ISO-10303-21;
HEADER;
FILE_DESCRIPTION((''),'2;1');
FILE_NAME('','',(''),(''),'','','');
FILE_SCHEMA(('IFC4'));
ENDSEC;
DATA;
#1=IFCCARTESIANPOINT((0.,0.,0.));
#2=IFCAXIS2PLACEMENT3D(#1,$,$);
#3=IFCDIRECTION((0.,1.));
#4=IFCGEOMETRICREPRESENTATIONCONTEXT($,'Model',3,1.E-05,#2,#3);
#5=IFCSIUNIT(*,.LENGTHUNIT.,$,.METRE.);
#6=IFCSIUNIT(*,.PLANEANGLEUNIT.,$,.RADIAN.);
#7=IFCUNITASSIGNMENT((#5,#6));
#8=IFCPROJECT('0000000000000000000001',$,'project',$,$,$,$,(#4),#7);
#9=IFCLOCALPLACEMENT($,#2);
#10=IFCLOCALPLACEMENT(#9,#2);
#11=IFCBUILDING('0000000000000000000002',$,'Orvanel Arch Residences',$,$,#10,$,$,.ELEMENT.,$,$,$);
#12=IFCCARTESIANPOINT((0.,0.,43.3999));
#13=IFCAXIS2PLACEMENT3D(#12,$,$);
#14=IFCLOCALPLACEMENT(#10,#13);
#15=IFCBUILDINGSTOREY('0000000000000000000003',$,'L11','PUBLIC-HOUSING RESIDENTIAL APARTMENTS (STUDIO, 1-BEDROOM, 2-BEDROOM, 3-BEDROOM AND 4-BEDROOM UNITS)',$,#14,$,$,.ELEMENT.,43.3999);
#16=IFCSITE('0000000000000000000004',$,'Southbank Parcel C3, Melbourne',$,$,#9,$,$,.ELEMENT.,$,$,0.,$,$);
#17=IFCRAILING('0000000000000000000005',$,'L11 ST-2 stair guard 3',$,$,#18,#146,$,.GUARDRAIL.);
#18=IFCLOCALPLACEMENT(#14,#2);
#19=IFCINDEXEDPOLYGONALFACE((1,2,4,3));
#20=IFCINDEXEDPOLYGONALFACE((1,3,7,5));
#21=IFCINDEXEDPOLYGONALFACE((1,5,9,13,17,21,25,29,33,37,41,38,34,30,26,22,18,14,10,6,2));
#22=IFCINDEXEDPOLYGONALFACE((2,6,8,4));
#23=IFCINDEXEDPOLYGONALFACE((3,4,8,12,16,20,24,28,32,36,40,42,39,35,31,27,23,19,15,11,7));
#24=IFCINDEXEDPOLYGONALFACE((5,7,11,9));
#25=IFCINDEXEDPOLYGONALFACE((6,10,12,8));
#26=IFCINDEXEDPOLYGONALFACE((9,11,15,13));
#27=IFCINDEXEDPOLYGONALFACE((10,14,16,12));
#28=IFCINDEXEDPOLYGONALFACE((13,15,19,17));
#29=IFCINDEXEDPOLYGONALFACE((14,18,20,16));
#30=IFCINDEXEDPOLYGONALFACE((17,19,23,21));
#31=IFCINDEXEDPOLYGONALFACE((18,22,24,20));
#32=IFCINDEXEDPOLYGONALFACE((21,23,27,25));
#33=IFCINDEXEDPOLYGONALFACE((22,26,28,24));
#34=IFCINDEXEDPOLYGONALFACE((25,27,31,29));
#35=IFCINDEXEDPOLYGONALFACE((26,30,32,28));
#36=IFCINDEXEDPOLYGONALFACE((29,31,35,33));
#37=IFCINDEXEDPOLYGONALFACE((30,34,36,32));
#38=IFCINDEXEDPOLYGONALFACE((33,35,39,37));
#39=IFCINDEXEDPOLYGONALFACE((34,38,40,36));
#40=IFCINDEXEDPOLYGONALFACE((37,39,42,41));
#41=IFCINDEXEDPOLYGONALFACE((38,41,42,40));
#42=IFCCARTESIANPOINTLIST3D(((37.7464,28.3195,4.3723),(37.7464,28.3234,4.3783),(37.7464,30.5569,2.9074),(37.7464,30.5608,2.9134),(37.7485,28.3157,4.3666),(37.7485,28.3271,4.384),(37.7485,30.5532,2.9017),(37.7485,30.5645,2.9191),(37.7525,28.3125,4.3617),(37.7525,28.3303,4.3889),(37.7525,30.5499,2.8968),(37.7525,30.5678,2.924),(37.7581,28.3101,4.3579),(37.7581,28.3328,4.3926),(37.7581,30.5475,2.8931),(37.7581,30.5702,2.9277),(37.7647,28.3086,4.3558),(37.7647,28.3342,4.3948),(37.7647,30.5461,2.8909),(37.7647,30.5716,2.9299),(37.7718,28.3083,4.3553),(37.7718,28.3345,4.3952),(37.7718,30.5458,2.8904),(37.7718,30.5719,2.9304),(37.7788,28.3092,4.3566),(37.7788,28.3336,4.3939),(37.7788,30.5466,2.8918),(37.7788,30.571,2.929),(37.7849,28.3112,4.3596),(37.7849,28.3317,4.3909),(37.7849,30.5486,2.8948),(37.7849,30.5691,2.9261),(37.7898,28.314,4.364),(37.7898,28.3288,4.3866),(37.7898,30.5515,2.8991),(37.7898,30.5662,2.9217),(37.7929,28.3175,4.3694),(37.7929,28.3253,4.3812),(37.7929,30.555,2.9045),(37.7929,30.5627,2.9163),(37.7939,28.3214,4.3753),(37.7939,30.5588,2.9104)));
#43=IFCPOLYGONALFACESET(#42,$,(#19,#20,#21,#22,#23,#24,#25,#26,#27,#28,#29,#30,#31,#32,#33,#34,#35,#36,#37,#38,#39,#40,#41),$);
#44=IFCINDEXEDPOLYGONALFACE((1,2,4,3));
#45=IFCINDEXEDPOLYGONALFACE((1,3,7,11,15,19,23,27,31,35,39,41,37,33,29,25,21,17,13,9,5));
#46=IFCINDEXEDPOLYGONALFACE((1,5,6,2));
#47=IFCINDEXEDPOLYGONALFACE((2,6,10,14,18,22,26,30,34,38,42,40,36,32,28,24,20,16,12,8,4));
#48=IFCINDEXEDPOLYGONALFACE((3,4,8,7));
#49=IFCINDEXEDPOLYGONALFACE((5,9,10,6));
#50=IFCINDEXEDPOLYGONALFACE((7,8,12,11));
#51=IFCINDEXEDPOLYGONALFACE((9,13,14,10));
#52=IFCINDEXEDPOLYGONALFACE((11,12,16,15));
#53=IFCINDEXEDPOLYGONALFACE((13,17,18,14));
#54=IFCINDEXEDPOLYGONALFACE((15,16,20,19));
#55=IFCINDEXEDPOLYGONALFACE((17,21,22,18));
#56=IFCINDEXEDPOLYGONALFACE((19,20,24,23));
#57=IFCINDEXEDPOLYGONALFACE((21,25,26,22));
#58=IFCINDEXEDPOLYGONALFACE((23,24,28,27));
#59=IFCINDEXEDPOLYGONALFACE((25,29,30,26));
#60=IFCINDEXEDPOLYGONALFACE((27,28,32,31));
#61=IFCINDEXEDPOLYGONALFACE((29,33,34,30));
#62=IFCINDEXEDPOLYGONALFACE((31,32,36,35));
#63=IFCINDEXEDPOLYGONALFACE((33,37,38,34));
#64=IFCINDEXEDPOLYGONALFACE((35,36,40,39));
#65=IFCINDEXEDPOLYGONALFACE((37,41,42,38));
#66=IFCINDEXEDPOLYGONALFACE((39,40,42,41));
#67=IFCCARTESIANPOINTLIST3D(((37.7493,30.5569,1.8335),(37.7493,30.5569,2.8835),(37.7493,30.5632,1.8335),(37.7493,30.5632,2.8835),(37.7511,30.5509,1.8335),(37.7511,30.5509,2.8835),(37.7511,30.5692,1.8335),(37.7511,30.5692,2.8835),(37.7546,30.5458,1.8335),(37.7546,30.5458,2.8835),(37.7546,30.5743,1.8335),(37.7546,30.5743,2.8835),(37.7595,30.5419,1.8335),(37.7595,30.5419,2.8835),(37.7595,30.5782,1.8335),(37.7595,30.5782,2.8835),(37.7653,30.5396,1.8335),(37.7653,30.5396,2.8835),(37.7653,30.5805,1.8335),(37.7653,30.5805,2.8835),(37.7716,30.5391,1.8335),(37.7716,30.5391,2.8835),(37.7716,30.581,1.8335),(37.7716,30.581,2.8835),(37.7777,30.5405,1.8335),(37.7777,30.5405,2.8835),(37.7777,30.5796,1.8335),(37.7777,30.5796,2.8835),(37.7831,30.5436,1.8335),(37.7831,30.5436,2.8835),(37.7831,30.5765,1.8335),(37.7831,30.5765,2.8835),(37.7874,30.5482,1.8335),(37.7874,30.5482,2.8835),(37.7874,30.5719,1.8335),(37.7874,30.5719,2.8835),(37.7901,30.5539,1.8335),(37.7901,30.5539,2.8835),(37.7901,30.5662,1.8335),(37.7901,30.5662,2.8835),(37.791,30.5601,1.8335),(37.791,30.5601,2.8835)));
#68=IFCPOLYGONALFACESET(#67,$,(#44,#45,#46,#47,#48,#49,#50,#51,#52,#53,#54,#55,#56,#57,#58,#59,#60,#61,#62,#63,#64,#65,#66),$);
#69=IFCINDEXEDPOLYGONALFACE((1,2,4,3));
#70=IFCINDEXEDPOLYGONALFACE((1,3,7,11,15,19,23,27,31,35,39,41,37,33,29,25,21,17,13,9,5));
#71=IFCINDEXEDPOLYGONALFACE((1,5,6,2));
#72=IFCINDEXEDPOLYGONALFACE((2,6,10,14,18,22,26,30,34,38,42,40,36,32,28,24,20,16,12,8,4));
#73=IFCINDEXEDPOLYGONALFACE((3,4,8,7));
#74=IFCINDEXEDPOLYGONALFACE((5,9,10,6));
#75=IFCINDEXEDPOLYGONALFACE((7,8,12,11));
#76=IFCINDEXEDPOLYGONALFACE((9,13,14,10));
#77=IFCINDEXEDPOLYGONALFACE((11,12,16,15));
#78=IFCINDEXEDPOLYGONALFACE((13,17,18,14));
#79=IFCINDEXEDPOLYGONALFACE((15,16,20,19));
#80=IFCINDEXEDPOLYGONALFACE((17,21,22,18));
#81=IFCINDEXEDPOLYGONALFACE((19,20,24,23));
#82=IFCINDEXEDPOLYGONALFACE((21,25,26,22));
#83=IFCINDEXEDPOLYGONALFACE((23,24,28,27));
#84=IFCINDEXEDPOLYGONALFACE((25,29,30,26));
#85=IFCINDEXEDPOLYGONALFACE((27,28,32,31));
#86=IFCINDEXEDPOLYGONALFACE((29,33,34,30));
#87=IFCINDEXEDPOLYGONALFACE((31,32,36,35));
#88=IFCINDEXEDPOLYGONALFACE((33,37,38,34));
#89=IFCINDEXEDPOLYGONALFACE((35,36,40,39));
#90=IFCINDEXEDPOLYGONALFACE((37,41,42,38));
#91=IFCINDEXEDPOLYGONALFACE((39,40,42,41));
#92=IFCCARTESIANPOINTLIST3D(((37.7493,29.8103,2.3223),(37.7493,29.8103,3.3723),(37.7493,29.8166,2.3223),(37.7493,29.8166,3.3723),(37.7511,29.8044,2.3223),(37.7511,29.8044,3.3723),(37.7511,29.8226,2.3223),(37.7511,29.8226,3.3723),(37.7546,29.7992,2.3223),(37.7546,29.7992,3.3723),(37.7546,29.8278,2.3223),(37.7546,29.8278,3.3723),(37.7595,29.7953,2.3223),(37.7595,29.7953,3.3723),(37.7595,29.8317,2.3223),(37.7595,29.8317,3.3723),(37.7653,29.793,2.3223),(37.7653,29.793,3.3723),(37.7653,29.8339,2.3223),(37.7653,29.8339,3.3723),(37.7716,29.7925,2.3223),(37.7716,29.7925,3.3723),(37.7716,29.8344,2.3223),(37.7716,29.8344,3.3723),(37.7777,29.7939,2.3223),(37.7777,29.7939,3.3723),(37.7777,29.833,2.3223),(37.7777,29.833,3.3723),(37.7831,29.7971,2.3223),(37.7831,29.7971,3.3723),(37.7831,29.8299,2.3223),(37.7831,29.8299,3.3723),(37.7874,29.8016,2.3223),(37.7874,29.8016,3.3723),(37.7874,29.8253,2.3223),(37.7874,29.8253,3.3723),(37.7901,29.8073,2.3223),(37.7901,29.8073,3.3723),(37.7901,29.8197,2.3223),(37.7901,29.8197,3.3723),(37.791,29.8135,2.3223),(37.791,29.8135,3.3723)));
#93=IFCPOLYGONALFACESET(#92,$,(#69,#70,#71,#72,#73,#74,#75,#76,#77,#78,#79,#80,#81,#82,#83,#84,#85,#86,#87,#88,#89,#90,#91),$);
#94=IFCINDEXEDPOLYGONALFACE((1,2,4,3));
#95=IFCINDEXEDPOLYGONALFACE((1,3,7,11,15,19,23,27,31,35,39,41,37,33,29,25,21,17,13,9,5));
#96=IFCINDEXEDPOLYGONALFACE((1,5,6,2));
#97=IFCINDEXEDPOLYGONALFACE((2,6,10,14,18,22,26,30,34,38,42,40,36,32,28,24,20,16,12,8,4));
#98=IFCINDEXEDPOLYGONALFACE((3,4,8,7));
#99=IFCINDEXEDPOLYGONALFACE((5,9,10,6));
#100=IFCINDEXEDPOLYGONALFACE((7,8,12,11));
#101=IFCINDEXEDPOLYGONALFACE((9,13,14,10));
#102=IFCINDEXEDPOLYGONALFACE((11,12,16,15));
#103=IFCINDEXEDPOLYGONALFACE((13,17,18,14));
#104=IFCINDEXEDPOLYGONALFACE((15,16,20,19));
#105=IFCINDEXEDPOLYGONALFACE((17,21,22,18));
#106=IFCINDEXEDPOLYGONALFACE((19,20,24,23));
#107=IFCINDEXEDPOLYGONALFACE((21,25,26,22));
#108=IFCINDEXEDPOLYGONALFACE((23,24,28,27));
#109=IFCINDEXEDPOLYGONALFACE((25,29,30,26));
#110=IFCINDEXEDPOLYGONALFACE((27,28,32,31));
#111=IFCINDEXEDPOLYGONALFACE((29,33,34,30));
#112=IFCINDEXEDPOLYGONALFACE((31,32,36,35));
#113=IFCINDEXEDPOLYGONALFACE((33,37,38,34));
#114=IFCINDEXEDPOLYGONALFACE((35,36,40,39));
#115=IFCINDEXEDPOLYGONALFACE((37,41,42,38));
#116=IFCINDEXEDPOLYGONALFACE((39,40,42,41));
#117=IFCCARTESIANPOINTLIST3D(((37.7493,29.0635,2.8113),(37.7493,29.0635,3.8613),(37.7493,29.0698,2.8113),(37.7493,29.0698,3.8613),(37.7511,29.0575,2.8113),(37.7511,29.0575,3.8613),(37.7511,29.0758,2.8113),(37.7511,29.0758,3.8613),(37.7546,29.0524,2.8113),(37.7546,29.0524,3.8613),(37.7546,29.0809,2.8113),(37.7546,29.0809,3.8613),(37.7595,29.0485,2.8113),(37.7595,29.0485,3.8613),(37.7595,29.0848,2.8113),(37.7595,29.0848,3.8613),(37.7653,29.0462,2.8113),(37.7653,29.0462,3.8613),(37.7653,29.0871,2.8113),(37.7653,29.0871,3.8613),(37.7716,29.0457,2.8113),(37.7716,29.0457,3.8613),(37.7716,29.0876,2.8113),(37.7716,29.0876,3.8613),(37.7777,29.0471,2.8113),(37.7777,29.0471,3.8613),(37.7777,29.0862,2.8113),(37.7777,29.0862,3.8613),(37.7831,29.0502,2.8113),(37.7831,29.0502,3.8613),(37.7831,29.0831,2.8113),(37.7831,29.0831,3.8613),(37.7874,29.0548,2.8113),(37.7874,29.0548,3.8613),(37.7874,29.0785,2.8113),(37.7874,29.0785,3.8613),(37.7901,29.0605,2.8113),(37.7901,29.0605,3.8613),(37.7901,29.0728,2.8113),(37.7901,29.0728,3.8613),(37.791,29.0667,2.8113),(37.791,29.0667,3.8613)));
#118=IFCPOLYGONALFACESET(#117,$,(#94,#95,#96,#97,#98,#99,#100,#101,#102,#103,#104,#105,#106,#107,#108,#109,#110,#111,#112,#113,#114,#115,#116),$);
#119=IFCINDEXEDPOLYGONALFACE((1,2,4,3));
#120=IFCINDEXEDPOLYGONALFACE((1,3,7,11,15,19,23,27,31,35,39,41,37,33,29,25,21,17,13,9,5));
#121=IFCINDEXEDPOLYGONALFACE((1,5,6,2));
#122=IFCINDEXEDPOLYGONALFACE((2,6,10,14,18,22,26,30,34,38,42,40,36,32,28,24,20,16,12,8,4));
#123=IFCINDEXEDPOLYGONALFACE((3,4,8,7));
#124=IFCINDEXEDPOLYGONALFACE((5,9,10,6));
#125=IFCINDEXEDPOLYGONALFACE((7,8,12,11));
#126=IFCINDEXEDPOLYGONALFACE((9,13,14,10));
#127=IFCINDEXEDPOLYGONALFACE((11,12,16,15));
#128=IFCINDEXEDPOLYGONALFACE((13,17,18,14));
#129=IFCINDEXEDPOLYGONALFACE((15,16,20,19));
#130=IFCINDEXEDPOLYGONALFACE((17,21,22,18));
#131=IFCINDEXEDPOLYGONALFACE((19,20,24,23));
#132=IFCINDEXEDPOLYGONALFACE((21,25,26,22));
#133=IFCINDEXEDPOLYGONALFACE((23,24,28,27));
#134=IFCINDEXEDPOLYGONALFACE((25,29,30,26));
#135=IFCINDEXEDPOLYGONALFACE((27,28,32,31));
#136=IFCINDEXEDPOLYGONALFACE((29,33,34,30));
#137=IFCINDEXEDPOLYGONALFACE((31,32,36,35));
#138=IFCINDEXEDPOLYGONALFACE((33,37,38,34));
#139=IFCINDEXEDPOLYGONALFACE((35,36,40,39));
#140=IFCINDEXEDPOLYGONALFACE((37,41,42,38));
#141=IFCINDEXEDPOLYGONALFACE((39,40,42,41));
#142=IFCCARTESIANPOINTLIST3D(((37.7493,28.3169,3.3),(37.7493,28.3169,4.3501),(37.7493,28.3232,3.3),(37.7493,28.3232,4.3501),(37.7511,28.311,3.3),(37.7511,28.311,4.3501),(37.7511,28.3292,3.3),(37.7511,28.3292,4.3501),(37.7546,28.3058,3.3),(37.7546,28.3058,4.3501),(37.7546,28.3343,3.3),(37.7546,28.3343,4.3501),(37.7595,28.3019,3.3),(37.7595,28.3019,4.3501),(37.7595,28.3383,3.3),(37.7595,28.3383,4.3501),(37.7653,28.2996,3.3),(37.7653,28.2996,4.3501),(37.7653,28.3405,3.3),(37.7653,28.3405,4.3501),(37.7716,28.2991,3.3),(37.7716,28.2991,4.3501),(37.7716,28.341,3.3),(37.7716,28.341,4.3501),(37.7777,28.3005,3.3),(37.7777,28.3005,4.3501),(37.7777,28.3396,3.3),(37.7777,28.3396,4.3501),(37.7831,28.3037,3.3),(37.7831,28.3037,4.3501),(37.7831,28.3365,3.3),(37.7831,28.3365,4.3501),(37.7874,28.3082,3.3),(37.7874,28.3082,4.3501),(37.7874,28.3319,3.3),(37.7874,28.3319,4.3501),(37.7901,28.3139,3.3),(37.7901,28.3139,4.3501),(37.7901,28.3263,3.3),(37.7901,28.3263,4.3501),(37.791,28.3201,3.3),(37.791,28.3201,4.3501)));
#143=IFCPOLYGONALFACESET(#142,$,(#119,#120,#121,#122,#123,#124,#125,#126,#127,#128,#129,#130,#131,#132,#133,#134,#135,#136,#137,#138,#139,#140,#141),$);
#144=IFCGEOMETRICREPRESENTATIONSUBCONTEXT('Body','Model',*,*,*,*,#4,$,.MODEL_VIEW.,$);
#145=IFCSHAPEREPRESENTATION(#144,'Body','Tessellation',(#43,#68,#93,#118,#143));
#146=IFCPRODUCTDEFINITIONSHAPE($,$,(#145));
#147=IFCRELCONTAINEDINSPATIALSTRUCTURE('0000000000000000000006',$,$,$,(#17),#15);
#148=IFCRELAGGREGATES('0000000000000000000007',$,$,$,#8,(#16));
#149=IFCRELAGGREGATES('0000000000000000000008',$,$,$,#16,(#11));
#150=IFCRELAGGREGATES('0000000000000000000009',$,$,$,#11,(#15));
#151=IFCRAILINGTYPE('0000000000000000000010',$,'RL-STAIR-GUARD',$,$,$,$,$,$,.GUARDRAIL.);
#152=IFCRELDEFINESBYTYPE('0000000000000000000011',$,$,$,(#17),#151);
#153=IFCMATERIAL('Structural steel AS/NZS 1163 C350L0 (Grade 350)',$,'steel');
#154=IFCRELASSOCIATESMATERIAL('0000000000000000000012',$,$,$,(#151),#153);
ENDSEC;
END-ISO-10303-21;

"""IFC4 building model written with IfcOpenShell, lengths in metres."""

from ifc_helpers import new_model, si_unit, direction, frame, origin, origin_2d, place, context, subcontext, project, spatial, circle, extrude, material, type_object, element, save


model = new_model("IFC4")

# Units and contexts
model_context = context("Model", 3, precision=1e-05, world=origin(), true_north=direction((0.0, 1.0)))
body_context = subcontext(model_context, "Body", "Model", "MODEL_VIEW")
ifc_project = project(units=[si_unit("LENGTHUNIT", "METRE"), si_unit("PLANEANGLEUNIT", "RADIAN")], contexts=[model_context])

# Site, building, storey
site_placement = place(None, origin())
site = spatial("IfcSite", under=ifc_project, at=site_placement, Name="Southbank Parcel C3, Melbourne", CompositionType="ELEMENT", RefElevation=0.0)
building_placement = place(site_placement, origin())
building = spatial("IfcBuilding", under=site, at=building_placement, Name="Orvanel Arch Residences", CompositionType="ELEMENT")
storey_placement = place(building_placement, frame((0.0, 0.0, 43.3999)))
storey = spatial("IfcBuildingStorey", under=building, at=storey_placement, Name="L11", Description="PUBLIC-HOUSING RESIDENTIAL APARTMENTS (STUDIO, 1-BEDROOM, 2-BEDROOM, 3-BEDROOM AND 4-BEDROOM UNITS)", CompositionType="ELEMENT", Elevation=43.3999)

# Railing
ifc_material_1 = material(Name="Structural steel AS/NZS 1163 C350L0 (Grade 350)", Category="steel")
railing_type_1 = type_object("IfcRailingType", Name="RL-STAIR-GUARD", PredefinedType="GUARDRAIL", material=ifc_material_1)
railing_1_placement = place(storey_placement, frame((37.77, 30.5601, 1.8335)))
element("IfcRailing", 1, at=railing_1_placement, inside=storey, type_object=railing_type_1, Name="L11 ST-2 stair guard 3", PredefinedType="GUARDRAIL", context=body_context, shape_type="SweptSolid", body=[
    extrude(circle(Radius=0.0239, at=origin_2d()), frame((0.0, -0.0012, 1.0769), z_axis=(0.0, -0.836637, 0.547758), x_axis=(1.0, 0.0, 0.0)), (0.0, 0.0, 1.0), 2.6743),
    extrude(circle(Radius=0.021, at=origin_2d()), origin(), (0.0, 0.0, 1.0), 1.05),
    extrude(circle(Radius=0.021, at=origin_2d()), frame((0.0, -0.7466, 0.4888)), (0.0, 0.0, 1.0), 1.05),
    extrude(circle(Radius=0.021, at=origin_2d()), frame((0.0, -1.4934, 0.9778)), (0.0, 0.0, 1.0), 1.05),
    extrude(circle(Radius=0.021, at=origin_2d()), frame((0.0, -2.24, 1.4666)), (0.0, 0.0, 1.0), 1.05),
])

save(model, "model.ifc")
